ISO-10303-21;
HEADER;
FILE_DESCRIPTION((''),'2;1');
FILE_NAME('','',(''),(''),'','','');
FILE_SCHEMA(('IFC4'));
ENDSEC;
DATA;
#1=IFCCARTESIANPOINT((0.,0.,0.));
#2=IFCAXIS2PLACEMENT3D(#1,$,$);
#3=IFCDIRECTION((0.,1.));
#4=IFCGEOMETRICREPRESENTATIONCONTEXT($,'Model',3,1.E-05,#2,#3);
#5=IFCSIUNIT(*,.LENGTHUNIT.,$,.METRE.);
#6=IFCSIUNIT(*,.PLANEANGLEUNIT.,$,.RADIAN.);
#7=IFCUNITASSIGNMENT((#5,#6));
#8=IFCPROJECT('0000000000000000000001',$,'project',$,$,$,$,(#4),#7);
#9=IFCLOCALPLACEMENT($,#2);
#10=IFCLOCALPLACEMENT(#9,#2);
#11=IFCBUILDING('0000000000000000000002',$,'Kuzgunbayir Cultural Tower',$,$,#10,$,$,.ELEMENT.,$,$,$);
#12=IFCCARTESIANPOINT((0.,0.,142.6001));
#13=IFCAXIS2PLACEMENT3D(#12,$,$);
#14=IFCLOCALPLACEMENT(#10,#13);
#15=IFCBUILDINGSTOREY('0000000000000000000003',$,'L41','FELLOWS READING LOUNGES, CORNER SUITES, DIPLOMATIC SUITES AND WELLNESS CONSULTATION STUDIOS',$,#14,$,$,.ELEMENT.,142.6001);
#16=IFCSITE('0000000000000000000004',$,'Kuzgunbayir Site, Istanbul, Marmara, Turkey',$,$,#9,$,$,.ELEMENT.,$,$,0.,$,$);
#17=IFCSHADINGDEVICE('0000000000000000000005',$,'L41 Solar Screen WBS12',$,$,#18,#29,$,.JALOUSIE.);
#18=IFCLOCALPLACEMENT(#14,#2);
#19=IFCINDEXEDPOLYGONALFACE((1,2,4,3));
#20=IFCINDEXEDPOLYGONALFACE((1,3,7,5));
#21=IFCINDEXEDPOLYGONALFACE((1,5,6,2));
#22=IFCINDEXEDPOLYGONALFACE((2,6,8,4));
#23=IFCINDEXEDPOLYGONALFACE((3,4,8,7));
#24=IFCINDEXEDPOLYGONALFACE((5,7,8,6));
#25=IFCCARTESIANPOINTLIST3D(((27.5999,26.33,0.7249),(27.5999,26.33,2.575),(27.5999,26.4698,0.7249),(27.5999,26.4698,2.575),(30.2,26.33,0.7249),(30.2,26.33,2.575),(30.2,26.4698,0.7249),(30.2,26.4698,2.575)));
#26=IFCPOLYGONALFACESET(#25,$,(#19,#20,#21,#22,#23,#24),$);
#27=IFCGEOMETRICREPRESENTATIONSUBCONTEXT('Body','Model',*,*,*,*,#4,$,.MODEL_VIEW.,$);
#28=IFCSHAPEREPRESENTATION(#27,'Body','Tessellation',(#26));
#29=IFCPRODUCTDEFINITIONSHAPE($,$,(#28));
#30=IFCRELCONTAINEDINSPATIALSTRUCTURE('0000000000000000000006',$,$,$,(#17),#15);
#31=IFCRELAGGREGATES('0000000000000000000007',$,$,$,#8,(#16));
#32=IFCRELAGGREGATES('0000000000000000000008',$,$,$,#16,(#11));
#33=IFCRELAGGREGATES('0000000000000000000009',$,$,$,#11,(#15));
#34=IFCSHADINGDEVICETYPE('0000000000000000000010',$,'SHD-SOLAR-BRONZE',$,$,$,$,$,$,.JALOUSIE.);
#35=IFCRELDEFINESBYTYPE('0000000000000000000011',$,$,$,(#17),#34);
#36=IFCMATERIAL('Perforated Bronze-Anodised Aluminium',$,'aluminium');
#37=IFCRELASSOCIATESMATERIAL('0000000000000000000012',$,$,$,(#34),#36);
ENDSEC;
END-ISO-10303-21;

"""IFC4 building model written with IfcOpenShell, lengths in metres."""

from ifc_helpers import new_model, si_unit, direction, frame, origin, origin_2d, place, context, subcontext, project, spatial, rectangle, extrude, material, type_object, element, save


model = new_model("IFC4")

# Units and contexts
model_context = context("Model", 3, precision=1e-05, world=origin(), true_north=direction((0.0, 1.0)))
body_context = subcontext(model_context, "Body", "Model", "MODEL_VIEW")
ifc_project = project(units=[si_unit("LENGTHUNIT", "METRE"), si_unit("PLANEANGLEUNIT", "RADIAN")], contexts=[model_context])

# Site, building, storey
site_placement = place(None, origin())
site = spatial("IfcSite", under=ifc_project, at=site_placement, Name="Kuzgunbayir Site, Istanbul, Marmara, Turkey", CompositionType="ELEMENT", RefElevation=0.0)
building_placement = place(site_placement, origin())
building = spatial("IfcBuilding", under=site, at=building_placement, Name="Kuzgunbayir Cultural Tower", CompositionType="ELEMENT")
storey_placement = place(building_placement, frame((0.0, 0.0, 142.6001)))
storey = spatial("IfcBuildingStorey", under=building, at=storey_placement, Name="L41", Description="FELLOWS READING LOUNGES, CORNER SUITES, DIPLOMATIC SUITES AND WELLNESS CONSULTATION STUDIOS", CompositionType="ELEMENT", Elevation=142.6001)

# Shading device
ifc_material_1 = material(Name="Perforated Bronze-Anodised Aluminium", Category="aluminium")
shading_device_type = type_object("IfcShadingDeviceType", Name="SHD-SOLAR-BRONZE", PredefinedType="JALOUSIE", material=ifc_material_1)
for number, where, z_axis, x_axis, name in (
    (1, (28.8999, 26.3999, 0.7249), (0.0, 0.0, 1.0), (1.0, 0.0, 0.0), "L41 Solar Screen WBS12"),
):
    element("IfcShadingDevice", number, at=place(storey_placement, frame(where, z_axis=z_axis, x_axis=x_axis)), inside=storey, type_object=shading_device_type, Name=name, PredefinedType="JALOUSIE", context=body_context, shape_type="SweptSolid", body=[
        extrude(rectangle(XDim=2.6001, YDim=0.1399, at=origin_2d()), origin(), (0.0, 0.0, 1.0), 1.8501),
    ])

save(model, "model.ifc")
